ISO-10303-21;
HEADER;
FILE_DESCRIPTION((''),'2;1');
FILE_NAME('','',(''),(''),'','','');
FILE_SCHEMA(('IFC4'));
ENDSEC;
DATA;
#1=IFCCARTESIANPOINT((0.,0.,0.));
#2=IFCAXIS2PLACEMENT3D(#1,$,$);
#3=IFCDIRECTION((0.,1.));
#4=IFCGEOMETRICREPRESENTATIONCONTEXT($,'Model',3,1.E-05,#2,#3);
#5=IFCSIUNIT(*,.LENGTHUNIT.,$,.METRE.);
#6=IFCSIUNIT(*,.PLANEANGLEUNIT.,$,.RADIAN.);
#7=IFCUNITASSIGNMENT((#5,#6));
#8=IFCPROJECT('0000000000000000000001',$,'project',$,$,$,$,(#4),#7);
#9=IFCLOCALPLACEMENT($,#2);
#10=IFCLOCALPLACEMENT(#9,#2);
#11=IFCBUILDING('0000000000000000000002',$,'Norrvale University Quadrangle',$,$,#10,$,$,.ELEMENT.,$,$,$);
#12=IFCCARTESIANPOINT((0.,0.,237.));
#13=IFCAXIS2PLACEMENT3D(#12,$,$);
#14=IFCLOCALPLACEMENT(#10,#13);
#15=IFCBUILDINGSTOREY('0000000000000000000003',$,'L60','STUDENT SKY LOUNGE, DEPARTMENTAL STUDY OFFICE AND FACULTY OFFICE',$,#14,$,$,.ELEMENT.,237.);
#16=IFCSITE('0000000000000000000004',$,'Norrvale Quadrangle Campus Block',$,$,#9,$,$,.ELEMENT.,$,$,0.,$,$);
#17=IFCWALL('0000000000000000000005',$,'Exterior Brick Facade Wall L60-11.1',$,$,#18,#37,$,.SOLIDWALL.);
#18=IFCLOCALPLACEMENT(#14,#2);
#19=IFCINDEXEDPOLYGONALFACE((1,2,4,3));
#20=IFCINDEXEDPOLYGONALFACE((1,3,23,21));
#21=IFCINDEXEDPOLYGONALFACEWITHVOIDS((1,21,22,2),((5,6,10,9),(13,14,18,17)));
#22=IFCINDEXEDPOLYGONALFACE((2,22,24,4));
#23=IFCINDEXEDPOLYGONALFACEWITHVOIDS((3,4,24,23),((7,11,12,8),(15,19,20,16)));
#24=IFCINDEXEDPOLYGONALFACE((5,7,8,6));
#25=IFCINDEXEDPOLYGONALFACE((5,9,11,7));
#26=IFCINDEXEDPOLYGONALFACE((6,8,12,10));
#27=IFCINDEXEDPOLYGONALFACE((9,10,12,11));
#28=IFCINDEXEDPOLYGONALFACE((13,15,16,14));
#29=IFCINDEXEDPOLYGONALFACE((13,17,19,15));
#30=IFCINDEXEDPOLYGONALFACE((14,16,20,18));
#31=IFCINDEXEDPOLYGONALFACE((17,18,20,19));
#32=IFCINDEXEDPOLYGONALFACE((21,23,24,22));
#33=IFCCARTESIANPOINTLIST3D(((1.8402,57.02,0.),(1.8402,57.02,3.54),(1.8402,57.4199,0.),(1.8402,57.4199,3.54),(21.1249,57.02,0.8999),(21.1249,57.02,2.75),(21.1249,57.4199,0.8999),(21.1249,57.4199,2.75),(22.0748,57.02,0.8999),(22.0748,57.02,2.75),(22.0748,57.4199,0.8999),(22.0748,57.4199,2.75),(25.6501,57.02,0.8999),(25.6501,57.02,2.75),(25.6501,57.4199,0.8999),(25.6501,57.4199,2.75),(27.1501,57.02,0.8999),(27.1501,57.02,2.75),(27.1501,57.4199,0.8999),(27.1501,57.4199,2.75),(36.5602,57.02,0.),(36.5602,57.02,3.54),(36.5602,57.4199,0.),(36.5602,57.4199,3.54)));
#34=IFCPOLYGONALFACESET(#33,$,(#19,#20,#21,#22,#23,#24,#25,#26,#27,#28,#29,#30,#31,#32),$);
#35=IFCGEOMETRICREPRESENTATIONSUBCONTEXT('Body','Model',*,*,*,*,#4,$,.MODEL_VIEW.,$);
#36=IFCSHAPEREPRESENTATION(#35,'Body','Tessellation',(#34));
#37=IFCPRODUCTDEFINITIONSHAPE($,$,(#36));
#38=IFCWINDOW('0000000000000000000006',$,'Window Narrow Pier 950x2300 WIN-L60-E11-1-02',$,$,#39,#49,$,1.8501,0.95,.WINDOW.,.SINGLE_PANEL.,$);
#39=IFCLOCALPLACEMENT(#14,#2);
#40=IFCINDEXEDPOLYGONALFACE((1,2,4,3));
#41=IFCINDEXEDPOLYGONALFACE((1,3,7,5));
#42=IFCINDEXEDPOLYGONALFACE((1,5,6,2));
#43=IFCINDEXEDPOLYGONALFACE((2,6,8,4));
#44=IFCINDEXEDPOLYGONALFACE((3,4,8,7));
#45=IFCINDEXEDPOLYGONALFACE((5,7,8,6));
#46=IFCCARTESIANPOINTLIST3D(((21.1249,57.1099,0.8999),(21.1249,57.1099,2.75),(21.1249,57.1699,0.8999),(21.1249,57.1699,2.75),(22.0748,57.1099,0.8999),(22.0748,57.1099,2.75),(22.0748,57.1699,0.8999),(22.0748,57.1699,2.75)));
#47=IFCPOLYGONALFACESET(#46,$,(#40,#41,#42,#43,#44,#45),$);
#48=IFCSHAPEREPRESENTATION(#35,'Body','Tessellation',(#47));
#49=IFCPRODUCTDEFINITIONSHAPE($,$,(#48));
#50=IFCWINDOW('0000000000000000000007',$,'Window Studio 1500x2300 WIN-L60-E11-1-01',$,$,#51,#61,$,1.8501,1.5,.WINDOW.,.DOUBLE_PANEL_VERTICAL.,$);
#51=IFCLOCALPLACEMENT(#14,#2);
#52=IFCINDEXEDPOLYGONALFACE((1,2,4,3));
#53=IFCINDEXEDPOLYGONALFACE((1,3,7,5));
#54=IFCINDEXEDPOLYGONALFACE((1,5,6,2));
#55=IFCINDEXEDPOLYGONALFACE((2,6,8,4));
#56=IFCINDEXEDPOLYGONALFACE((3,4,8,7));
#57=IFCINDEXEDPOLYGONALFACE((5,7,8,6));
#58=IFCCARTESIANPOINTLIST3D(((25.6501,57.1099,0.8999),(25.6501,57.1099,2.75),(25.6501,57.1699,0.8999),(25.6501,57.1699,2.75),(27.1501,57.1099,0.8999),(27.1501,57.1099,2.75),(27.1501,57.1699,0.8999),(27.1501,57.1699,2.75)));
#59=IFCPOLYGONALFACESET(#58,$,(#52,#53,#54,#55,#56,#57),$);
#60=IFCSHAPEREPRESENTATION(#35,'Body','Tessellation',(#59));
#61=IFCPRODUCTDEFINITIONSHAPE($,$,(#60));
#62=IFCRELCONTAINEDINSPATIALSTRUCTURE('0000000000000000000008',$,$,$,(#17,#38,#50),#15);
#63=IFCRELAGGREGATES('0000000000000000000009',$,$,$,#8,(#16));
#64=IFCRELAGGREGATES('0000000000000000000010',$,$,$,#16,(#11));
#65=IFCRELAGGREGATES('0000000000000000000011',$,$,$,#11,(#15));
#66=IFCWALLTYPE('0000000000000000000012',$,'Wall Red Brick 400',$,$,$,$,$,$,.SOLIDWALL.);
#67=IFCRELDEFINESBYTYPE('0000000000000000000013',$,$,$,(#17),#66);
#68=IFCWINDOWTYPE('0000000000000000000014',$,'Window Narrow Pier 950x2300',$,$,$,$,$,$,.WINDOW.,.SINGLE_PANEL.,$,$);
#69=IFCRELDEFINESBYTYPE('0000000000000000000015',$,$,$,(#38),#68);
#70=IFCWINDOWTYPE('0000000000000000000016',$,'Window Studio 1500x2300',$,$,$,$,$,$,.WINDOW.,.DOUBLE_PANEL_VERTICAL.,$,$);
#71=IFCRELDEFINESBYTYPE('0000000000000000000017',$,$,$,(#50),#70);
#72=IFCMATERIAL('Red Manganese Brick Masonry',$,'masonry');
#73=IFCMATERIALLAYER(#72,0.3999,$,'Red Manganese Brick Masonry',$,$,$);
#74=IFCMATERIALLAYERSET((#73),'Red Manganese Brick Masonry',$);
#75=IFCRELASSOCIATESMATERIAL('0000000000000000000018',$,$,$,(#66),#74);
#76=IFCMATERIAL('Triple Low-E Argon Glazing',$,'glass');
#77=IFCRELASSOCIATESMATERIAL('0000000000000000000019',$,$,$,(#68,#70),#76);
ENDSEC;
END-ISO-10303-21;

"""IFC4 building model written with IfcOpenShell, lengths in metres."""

from ifc_helpers import new_model, si_unit, direction, frame, frame_2d, origin, place, context, subcontext, project, spatial, rectangle, extrude, material, layer, layer_set, type_object, element, fill, save


model = new_model("IFC4")

# Units and contexts
model_context = context("Model", 3, precision=1e-05, world=origin(), true_north=direction((0.0, 1.0)))
body_context = subcontext(model_context, "Body", "Model", "MODEL_VIEW")
ifc_project = project(units=[si_unit("LENGTHUNIT", "METRE"), si_unit("PLANEANGLEUNIT", "RADIAN")], contexts=[model_context])

# Site, building, storey
site_placement = place(None, origin())
site = spatial("IfcSite", under=ifc_project, at=site_placement, Name="Norrvale Quadrangle Campus Block", CompositionType="ELEMENT", RefElevation=0.0)
building_placement = place(site_placement, origin())
building = spatial("IfcBuilding", under=site, at=building_placement, Name="Norrvale University Quadrangle", CompositionType="ELEMENT")
storey_placement = place(building_placement, frame((0.0, 0.0, 237.0)))
storey = spatial("IfcBuildingStorey", under=building, at=storey_placement, Name="L60", Description="STUDENT SKY LOUNGE, DEPARTMENTAL STUDY OFFICE AND FACULTY OFFICE", CompositionType="ELEMENT", Elevation=237.0)

# Shared definitions
ifc_material_1 = material(Name="Red Manganese Brick Masonry", Category="masonry")
ifc_layer_1 = layer(ifc_material_1, 0.3999, Name="Red Manganese Brick Masonry")
ifc_layer_set_1 = layer_set([ifc_layer_1], Name="Red Manganese Brick Masonry")
wall_type_1 = type_object("IfcWallType", Name="Wall Red Brick 400", PredefinedType="SOLIDWALL", material=ifc_layer_set_1)

# Shared definitions
ifc_material_2 = material(Name="Triple Low-E Argon Glazing", Category="glass")

# Wall, openings, windows
wall_1_placement = place(storey_placement, frame((36.5601, 57.22, 0.0), z_axis=(0.0, 0.0, 1.0), x_axis=(-1.0, 0.0, 0.0)))
wall_1 = element("IfcWall", 1, at=wall_1_placement, inside=storey, type_object=wall_type_1, Name="Exterior Brick Facade Wall L60-11.1", PredefinedType="SOLIDWALL", context=body_context, shape_type="SweptSolid", body=[
    extrude(rectangle(XDim=34.72, YDim=0.3999, at=frame_2d((17.3599, 0.0))), origin(), (0.0, 0.0, 1.0), 3.54),
])
opening_1_placement = place(wall_1_placement, frame((9.4099, 0.0, 0.8999)))
opening_1 = element("IfcOpeningElement", 2, at=opening_1_placement, cuts=wall_1, PredefinedType="OPENING", context=body_context, shape_type="SweptSolid", body=[
    extrude(rectangle(XDim=1.5, YDim=1.8501, at=frame_2d((0.75, 0.925))), frame((0.0, 0.2119, 0.0), z_axis=(0.0, -1.0, 0.0), x_axis=(1.0, 0.0, 0.0)), (0.0, 0.0, 1.0), 0.4238),
])
opening_2_placement = place(wall_1_placement, frame((14.4851, 0.0, 0.8999)))
opening_2 = element("IfcOpeningElement", 3, at=opening_2_placement, cuts=wall_1, PredefinedType="OPENING", context=body_context, shape_type="SweptSolid", body=[
    extrude(rectangle(XDim=0.95, YDim=1.8501, at=frame_2d((0.4751, 0.925))), frame((0.0, 0.2119, 0.0), z_axis=(0.0, -1.0, 0.0), x_axis=(1.0, 0.0, 0.0)), (0.0, 0.0, 1.0), 0.4238),
])
window_type_1 = type_object("IfcWindowType", Name="Window Narrow Pier 950x2300", PartitioningType="SINGLE_PANEL", PredefinedType="WINDOW", material=ifc_material_2)
window_1_placement = place(opening_2_placement, origin())
window_1 = element("IfcWindow", 4, at=window_1_placement, inside=storey, type_object=window_type_1, Name="Window Narrow Pier 950x2300 WIN-L60-E11-1-02", OverallHeight=1.8501, OverallWidth=0.95, PartitioningType="SINGLE_PANEL", PredefinedType="WINDOW", context=body_context, shape_type="SweptSolid", body=[
    extrude(rectangle(XDim=0.95, YDim=1.8501, at=frame_2d((0.4751, 0.925))), frame((0.0, 0.1101, 0.0), z_axis=(0.0, -1.0, 0.0), x_axis=(1.0, 0.0, 0.0)), (0.0, 0.0, 1.0), 0.0601),
])
fill(opening_2, window_1)
window_type_2 = type_object("IfcWindowType", Name="Window Studio 1500x2300", PartitioningType="DOUBLE_PANEL_VERTICAL", PredefinedType="WINDOW", material=ifc_material_2)
window_2_placement = place(opening_1_placement, origin())
window_2 = element("IfcWindow", 5, at=window_2_placement, inside=storey, type_object=window_type_2, Name="Window Studio 1500x2300 WIN-L60-E11-1-01", OverallHeight=1.8501, OverallWidth=1.5, PartitioningType="DOUBLE_PANEL_VERTICAL", PredefinedType="WINDOW", context=body_context, shape_type="SweptSolid", body=[
    extrude(rectangle(XDim=1.5, YDim=1.8501, at=frame_2d((0.75, 0.925))), frame((0.0, 0.1101, 0.0), z_axis=(0.0, -1.0, 0.0), x_axis=(1.0, 0.0, 0.0)), (0.0, 0.0, 1.0), 0.0601),
])
fill(opening_1, window_2)

save(model, "model.ifc")
